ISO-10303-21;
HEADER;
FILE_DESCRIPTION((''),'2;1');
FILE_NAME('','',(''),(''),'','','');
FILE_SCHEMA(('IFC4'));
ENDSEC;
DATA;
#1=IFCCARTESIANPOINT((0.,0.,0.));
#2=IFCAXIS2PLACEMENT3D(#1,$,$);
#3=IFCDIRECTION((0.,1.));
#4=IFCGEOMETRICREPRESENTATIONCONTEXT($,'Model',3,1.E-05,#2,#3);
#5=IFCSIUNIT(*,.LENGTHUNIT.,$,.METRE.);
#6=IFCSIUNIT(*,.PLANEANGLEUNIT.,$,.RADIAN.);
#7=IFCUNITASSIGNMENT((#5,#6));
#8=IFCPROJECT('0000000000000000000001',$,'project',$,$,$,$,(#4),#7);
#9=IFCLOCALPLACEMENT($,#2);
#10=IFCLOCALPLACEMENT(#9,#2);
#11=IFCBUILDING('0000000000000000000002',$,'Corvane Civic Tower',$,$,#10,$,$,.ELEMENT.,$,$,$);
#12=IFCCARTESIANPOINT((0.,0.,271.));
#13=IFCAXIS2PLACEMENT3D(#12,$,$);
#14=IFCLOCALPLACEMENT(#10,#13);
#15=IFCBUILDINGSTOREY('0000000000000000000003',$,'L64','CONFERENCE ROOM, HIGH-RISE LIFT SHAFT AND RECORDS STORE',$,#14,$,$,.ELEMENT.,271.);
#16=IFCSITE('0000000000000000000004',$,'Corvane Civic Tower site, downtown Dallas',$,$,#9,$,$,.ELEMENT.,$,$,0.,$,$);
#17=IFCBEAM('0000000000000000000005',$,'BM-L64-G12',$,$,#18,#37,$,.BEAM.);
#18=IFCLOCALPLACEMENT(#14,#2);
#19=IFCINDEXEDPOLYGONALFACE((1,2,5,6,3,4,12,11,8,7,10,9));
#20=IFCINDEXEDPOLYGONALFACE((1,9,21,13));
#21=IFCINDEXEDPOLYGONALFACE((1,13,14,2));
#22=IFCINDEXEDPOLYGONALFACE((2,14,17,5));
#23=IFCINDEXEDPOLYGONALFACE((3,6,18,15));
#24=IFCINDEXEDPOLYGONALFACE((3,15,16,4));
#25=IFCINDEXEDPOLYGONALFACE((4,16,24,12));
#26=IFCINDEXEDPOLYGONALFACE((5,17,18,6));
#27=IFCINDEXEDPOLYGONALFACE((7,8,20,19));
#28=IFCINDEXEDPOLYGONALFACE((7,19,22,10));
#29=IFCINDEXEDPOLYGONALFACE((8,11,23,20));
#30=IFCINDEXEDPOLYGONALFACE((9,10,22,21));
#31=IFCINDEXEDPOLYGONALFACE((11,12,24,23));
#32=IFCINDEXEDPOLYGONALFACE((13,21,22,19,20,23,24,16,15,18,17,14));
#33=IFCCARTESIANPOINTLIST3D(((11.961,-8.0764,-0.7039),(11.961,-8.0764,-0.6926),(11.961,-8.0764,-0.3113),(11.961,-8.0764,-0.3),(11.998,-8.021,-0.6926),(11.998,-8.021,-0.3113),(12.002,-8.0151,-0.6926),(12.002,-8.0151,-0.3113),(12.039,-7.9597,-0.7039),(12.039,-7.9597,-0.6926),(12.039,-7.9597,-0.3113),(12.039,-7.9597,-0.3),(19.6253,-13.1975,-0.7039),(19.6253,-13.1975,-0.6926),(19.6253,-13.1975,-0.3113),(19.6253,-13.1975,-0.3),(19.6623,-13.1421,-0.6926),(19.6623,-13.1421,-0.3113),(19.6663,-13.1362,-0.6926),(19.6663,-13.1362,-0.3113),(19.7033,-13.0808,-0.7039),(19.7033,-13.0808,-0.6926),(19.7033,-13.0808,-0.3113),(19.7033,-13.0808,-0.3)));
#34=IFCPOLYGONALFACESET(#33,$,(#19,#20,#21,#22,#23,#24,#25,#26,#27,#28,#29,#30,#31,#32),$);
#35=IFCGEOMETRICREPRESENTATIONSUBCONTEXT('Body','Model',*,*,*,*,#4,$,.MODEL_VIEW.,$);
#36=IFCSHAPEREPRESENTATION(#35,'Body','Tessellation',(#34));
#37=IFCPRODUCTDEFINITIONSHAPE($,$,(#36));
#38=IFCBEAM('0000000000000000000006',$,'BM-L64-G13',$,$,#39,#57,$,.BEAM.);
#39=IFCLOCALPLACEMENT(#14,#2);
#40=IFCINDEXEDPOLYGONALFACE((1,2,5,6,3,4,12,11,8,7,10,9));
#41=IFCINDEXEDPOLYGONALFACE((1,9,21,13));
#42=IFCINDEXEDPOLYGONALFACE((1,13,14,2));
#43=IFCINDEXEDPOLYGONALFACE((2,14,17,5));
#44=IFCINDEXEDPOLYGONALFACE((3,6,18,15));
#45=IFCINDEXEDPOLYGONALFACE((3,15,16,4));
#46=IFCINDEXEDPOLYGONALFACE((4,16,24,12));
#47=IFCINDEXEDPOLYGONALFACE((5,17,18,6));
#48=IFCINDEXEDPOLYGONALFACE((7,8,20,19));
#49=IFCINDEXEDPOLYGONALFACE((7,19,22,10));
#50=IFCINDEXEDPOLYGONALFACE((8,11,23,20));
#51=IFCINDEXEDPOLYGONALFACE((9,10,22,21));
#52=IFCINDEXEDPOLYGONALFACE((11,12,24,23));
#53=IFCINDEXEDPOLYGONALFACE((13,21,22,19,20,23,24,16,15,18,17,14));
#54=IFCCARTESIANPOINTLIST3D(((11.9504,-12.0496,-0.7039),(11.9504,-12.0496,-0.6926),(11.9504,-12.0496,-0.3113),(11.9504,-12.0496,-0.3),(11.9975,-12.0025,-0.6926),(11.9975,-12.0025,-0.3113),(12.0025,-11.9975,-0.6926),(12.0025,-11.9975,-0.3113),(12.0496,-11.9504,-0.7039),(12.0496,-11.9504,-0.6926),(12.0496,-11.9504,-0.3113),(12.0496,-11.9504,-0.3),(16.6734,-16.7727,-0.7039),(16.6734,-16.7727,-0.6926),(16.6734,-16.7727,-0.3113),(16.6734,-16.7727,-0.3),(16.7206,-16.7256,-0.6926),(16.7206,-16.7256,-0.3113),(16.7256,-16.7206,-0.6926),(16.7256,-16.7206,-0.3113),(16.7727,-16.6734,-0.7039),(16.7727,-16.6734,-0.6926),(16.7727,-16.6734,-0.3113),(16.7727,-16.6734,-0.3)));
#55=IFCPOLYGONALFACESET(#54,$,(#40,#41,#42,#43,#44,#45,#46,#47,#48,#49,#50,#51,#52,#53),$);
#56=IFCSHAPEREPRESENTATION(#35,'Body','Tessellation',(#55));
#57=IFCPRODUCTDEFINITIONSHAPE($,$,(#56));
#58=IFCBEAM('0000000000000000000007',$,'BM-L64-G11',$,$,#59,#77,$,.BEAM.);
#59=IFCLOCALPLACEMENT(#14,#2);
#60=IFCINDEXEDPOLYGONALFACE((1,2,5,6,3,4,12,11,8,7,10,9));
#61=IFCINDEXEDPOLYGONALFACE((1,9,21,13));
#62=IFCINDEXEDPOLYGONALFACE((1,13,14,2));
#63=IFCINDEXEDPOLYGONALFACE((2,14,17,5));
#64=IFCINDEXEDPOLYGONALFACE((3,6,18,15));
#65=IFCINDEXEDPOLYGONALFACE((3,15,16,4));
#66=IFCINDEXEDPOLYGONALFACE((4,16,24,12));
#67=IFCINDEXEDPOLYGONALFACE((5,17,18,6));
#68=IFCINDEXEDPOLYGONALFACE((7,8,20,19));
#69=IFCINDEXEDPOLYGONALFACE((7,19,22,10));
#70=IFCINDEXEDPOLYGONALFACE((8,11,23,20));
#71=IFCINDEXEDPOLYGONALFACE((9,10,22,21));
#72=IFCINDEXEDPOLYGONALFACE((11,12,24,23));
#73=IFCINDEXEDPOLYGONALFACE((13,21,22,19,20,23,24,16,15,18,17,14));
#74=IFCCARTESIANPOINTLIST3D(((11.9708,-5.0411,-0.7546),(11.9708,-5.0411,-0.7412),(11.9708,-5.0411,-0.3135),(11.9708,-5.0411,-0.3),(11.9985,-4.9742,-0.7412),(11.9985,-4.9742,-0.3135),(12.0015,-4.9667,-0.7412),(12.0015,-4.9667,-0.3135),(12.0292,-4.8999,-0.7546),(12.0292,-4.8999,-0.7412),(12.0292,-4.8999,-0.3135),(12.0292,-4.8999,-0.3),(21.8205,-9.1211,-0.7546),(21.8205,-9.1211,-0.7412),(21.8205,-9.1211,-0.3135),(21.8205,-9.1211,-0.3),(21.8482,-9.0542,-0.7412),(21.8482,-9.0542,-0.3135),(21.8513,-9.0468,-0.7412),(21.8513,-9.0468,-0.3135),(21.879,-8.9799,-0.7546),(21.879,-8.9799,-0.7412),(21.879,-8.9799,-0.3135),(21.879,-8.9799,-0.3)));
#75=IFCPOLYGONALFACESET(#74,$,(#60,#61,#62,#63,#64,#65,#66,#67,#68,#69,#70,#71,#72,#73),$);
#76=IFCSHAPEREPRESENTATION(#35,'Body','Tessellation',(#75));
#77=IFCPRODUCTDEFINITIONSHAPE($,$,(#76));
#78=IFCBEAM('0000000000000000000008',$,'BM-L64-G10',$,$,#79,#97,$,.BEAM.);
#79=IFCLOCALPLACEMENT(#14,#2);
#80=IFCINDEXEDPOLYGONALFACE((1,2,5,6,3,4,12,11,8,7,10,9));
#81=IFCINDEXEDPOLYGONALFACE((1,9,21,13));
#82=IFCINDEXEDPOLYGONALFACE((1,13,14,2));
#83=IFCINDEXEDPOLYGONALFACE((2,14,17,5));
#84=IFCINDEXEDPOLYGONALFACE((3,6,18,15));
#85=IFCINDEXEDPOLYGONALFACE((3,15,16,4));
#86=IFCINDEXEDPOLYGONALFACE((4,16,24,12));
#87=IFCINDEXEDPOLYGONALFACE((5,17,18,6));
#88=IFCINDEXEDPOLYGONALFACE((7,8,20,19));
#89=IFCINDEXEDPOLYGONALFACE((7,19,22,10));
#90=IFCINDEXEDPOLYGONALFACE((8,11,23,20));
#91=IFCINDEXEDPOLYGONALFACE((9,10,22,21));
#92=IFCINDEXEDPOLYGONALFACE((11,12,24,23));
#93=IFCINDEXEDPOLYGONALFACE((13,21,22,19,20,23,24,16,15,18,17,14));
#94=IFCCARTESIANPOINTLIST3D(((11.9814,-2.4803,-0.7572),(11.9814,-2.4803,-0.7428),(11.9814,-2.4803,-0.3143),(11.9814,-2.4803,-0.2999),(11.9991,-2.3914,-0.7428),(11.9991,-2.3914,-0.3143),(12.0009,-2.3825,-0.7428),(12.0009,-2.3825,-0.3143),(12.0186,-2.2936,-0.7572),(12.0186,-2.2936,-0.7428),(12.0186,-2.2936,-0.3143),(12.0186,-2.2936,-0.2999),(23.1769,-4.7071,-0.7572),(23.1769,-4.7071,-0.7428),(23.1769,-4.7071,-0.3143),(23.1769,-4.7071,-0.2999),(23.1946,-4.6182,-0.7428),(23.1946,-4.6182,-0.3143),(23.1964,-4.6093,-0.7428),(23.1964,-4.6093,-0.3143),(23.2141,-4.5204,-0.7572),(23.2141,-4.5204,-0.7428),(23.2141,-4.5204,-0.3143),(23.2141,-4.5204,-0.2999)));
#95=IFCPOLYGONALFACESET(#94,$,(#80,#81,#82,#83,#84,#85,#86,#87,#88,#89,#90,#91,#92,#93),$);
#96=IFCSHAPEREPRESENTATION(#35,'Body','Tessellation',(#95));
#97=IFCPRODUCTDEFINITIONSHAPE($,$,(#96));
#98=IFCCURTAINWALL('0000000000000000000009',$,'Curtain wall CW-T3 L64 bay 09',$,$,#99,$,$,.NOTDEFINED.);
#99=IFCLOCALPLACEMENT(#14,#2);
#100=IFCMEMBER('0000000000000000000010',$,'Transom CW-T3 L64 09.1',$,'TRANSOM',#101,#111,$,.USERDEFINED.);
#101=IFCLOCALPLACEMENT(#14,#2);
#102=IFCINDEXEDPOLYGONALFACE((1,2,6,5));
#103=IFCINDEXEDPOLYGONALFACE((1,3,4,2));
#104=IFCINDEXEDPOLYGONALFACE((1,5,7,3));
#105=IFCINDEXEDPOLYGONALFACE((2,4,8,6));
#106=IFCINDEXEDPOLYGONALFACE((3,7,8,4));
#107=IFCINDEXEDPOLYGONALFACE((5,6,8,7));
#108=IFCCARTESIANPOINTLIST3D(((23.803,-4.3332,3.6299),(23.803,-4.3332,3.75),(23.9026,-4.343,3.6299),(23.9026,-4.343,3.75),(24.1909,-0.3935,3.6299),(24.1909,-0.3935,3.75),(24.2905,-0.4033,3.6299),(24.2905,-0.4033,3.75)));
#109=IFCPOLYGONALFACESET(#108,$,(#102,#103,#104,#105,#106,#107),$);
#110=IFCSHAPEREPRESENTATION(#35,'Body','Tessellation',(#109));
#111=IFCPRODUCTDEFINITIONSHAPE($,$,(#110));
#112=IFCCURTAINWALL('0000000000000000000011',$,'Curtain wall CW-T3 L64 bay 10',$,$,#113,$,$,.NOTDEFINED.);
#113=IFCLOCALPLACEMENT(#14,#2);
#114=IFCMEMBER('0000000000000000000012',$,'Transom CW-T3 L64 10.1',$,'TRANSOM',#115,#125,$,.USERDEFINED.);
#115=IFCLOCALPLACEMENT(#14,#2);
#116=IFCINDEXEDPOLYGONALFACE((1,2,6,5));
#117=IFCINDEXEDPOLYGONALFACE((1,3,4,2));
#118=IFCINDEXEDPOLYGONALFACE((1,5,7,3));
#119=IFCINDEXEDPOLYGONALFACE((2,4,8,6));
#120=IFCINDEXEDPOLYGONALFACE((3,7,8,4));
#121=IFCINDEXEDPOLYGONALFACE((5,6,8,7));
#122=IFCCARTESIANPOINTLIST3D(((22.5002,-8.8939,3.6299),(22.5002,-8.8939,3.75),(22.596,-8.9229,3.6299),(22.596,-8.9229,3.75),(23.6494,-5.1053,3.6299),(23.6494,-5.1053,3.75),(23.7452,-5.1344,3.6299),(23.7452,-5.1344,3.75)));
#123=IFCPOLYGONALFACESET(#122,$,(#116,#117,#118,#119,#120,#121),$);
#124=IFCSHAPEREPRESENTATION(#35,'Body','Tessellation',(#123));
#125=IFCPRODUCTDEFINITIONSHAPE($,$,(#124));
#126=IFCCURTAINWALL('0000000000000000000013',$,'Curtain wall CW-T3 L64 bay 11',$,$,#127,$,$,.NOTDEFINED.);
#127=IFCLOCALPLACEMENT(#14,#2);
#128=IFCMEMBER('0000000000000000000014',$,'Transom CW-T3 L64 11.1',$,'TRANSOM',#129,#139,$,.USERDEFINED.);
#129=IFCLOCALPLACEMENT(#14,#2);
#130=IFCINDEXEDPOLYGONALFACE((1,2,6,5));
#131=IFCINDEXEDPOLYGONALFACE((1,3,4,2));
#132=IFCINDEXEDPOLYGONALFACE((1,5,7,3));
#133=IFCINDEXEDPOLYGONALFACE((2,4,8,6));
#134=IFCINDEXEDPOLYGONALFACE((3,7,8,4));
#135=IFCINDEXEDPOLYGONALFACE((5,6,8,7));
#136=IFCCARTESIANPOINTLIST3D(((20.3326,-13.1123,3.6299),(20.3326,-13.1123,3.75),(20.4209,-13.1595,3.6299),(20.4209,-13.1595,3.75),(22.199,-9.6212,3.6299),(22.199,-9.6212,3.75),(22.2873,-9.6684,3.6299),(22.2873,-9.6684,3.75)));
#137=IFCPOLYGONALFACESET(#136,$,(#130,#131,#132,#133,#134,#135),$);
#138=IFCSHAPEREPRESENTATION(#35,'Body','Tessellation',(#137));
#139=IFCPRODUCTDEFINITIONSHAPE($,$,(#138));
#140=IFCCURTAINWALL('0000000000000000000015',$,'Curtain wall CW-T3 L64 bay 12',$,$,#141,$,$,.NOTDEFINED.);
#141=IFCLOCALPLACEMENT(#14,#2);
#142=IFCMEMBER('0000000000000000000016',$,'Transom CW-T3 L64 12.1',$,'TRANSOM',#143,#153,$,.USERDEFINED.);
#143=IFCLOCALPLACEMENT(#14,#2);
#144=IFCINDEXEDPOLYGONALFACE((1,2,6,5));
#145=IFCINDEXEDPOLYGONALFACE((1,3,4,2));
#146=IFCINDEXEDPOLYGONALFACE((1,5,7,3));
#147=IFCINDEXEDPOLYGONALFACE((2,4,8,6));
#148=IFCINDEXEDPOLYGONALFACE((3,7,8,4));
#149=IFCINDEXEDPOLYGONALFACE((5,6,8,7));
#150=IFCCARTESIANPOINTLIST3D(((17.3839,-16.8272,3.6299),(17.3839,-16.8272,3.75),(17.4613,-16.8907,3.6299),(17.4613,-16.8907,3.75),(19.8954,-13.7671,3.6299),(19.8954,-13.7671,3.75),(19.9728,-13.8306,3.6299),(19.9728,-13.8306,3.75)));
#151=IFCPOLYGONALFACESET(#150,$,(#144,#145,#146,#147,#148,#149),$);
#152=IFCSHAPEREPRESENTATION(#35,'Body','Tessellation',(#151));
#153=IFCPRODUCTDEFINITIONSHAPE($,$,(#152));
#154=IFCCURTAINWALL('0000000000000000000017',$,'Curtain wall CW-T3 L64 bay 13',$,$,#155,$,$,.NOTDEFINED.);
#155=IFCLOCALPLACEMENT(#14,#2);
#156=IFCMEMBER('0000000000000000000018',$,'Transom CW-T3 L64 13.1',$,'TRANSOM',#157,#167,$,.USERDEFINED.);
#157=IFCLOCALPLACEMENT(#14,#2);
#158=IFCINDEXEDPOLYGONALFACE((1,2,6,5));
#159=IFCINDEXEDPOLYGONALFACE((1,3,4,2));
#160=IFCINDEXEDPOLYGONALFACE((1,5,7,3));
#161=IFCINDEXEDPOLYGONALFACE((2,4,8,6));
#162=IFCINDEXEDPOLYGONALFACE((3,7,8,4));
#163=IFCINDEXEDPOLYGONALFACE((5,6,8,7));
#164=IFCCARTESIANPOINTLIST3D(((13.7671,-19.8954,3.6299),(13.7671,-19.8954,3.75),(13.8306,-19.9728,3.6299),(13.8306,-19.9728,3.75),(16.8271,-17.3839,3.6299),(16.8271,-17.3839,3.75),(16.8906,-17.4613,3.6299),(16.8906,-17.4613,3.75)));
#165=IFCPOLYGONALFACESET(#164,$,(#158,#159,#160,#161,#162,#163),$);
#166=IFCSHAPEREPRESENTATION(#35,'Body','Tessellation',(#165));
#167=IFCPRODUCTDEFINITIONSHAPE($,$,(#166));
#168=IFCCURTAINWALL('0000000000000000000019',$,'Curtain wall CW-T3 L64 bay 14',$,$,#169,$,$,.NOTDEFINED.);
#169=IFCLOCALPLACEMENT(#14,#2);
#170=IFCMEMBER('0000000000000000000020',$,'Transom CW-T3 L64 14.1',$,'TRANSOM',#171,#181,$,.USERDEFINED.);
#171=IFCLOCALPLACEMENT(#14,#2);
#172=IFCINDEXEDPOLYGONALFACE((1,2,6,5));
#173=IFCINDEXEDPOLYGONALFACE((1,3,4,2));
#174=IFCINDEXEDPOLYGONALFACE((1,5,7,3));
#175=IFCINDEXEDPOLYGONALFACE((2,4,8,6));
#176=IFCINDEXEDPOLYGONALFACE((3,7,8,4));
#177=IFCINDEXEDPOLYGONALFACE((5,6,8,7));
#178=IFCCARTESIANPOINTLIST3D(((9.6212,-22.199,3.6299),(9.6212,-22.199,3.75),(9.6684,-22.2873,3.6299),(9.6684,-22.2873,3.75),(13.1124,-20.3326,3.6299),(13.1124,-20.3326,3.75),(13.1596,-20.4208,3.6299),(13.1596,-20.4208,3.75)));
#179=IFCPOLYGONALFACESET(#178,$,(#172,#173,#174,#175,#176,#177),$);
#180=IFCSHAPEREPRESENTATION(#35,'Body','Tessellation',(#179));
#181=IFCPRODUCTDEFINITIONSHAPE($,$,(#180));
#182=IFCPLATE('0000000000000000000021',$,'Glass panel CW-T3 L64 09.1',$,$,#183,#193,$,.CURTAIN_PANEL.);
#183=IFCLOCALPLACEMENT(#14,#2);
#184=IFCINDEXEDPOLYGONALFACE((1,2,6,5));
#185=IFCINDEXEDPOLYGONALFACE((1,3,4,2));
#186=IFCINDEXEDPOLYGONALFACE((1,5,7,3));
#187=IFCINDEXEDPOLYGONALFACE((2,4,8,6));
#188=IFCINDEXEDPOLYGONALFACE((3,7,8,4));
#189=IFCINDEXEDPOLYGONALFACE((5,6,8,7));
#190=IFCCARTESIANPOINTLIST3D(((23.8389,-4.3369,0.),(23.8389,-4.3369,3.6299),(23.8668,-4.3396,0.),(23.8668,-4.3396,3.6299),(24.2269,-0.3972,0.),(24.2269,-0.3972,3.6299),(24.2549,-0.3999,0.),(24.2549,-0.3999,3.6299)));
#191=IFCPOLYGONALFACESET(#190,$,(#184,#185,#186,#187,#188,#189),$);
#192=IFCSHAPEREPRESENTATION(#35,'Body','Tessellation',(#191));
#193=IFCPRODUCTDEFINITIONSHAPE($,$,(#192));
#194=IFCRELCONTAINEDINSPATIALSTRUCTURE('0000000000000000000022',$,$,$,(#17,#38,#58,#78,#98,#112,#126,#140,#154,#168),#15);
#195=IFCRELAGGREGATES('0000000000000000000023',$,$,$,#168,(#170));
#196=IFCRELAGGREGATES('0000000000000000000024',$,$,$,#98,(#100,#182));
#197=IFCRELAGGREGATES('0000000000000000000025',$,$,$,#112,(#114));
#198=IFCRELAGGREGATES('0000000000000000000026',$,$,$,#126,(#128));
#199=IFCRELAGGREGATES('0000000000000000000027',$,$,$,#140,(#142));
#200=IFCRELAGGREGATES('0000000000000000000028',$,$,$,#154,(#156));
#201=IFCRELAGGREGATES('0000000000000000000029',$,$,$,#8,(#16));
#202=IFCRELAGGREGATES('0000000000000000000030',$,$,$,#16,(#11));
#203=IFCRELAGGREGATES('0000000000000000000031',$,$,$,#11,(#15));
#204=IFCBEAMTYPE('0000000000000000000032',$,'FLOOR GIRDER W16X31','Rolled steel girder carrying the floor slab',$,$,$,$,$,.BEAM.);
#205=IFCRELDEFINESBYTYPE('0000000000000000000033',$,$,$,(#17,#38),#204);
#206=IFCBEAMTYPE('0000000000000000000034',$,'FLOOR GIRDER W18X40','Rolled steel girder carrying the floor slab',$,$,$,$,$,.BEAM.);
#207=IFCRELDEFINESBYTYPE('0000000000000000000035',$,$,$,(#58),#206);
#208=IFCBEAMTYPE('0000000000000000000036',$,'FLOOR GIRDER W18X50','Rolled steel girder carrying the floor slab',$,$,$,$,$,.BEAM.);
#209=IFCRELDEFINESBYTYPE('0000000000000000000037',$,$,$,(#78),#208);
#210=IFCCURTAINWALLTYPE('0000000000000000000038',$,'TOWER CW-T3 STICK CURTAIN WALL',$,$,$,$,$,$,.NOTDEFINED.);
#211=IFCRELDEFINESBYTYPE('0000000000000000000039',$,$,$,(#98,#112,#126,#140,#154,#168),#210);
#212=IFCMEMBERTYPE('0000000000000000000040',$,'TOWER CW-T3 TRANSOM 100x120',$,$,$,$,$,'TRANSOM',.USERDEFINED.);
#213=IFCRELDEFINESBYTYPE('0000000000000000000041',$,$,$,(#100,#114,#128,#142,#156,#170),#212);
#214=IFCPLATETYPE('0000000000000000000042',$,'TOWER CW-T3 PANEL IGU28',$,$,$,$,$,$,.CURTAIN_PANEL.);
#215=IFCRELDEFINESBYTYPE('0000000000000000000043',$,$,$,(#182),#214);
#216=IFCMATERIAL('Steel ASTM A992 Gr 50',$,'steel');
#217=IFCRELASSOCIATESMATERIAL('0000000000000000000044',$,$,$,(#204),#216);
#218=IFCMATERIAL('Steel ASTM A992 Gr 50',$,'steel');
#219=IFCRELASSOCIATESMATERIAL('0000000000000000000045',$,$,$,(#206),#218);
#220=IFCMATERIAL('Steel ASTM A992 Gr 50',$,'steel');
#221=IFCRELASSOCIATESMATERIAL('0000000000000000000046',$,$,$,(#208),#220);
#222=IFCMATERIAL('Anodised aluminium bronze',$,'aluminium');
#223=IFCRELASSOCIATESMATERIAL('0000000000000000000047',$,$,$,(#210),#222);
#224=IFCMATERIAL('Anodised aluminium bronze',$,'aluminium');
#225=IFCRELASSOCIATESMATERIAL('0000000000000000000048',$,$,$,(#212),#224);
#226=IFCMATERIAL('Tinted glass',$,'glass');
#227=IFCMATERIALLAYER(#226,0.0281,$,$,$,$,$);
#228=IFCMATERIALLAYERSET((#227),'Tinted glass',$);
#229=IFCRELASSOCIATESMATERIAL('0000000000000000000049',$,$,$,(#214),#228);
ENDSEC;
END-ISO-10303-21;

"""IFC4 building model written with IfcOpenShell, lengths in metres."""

from ifc_helpers import new_model, si_unit, direction, frame, origin, origin_2d, place, context, subcontext, project, spatial, rectangle, i_section, extrude, material, layer, layer_set, material_profile, profile_set, type_object, element, aggregate, save


model = new_model("IFC4")

# Units and contexts
model_context = context("Model", 3, precision=1e-05, world=origin(), true_north=direction((0.0, 1.0)))
body_context = subcontext(model_context, "Body", "Model", "MODEL_VIEW")
ifc_project = project(units=[si_unit("LENGTHUNIT", "METRE"), si_unit("PLANEANGLEUNIT", "RADIAN")], contexts=[model_context])

# Site, building, storey
site_placement = place(None, origin())
site = spatial("IfcSite", under=ifc_project, at=site_placement, Name="Corvane Civic Tower site, downtown Dallas", CompositionType="ELEMENT", RefElevation=0.0)
building_placement = place(site_placement, origin())
building = spatial("IfcBuilding", under=site, at=building_placement, Name="Corvane Civic Tower", CompositionType="ELEMENT")
storey_placement = place(building_placement, frame((0.0, 0.0, 271.0)))
storey = spatial("IfcBuildingStorey", under=building, at=storey_placement, Name="L64", Description="CONFERENCE ROOM, HIGH-RISE LIFT SHAFT AND RECORDS STORE", CompositionType="ELEMENT", Elevation=271.0)

# Beams
ifc_material_1 = material(Name="Steel ASTM A992 Gr 50", Category="steel")
ifc_material_profile_1 = material_profile(ifc_material_1, i_section(OverallWidth=0.1404, OverallDepth=0.4038, WebThickness=0.0071, FlangeThickness=0.0112, at=origin_2d()), Name="W16X31")
ifc_profile_set_1 = profile_set([ifc_material_profile_1], Name="Steel ASTM A992 Gr 50")
beam_type_1 = type_object("IfcBeamType", Name="FLOOR GIRDER W16X31", Description="Rolled steel girder carrying the floor slab", PredefinedType="BEAM", material=ifc_profile_set_1)
beam_1_placement = place(storey_placement, frame((12.0, -8.0181, -0.502), z_axis=(0.831471, -0.555568, 0.0), x_axis=(0.555568, 0.831471, 0.0)))
element("IfcBeam", 1, at=beam_1_placement, inside=storey, type_object=beam_type_1, Name="BM-L64-G12", PredefinedType="BEAM", context=body_context, shape_type="SweptSolid", body=[
    extrude(i_section(OverallWidth=0.1404, OverallDepth=0.4038, WebThickness=0.0071, FlangeThickness=0.0112, at=origin_2d()), origin(), (0.0, 0.0, 1.0), 9.2178),
])
beam_2_placement = place(storey_placement, frame((12.0, -12.0, -0.502), z_axis=(0.707107, -0.707107, 0.0), x_axis=(0.707107, 0.707107, 0.0)))
element("IfcBeam", 2, at=beam_2_placement, inside=storey, type_object=beam_type_1, Name="BM-L64-G13", PredefinedType="BEAM", context=body_context, shape_type="SweptSolid", body=[
    extrude(i_section(OverallWidth=0.1404, OverallDepth=0.4038, WebThickness=0.0071, FlangeThickness=0.0112, at=origin_2d()), origin(), (0.0, 0.0, 1.0), 6.6794),
])
ifc_material_2 = material(Name="Steel ASTM A992 Gr 50", Category="steel")
ifc_material_profile_2 = material_profile(ifc_material_2, i_section(OverallWidth=0.1528, OverallDepth=0.4546, WebThickness=0.0081, FlangeThickness=0.0134, at=origin_2d()), Name="W18X40")
ifc_profile_set_2 = profile_set([ifc_material_profile_2], Name="Steel ASTM A992 Gr 50")
beam_type_2 = type_object("IfcBeamType", Name="FLOOR GIRDER W18X40", Description="Rolled steel girder carrying the floor slab", PredefinedType="BEAM", material=ifc_profile_set_2)
beam_3_placement = place(storey_placement, frame((12.0, -4.9705, -0.5273), z_axis=(0.923875, -0.382694, 0.0), x_axis=(0.382694, 0.923875, 0.0)))
element("IfcBeam", 3, at=beam_3_placement, inside=storey, type_object=beam_type_2, Name="BM-L64-G11", PredefinedType="BEAM", context=body_context, shape_type="SweptSolid", body=[
    extrude(i_section(OverallWidth=0.1528, OverallDepth=0.4546, WebThickness=0.0081, FlangeThickness=0.0134, at=origin_2d()), origin(), (0.0, 0.0, 1.0), 10.6614),
])
ifc_material_3 = material(Name="Steel ASTM A992 Gr 50", Category="steel")
ifc_material_profile_3 = material_profile(ifc_material_3, i_section(OverallWidth=0.1904, OverallDepth=0.4573, WebThickness=0.009, FlangeThickness=0.0144, at=origin_2d()), Name="W18X50")
ifc_profile_set_3 = profile_set([ifc_material_profile_3], Name="Steel ASTM A992 Gr 50")
beam_type_3 = type_object("IfcBeamType", Name="FLOOR GIRDER W18X50", Description="Rolled steel girder carrying the floor slab", PredefinedType="BEAM", material=ifc_profile_set_3)
beam_4_placement = place(storey_placement, frame((12.0, -2.387, -0.5286), z_axis=(0.980787, -0.19508, 0.0), x_axis=(0.19508, 0.980787, 0.0)))
element("IfcBeam", 4, at=beam_4_placement, inside=storey, type_object=beam_type_3, Name="BM-L64-G10", PredefinedType="BEAM", context=body_context, shape_type="SweptSolid", body=[
    extrude(i_section(OverallWidth=0.1904, OverallDepth=0.4573, WebThickness=0.009, FlangeThickness=0.0144, at=origin_2d()), origin(), (0.0, 0.0, 1.0), 11.4148),
])

# Curtain walls, members
ifc_material_4 = material(Name="Anodised aluminium bronze", Category="aluminium")
curtain_wall_type = type_object("IfcCurtainWallType", Name="TOWER CW-T3 STICK CURTAIN WALL", PredefinedType="NOTDEFINED", material=ifc_material_4)
curtain_wall_1_placement = place(storey_placement, origin())
curtain_wall_1 = element("IfcCurtainWall", 5, at=curtain_wall_1_placement, inside=storey, type_object=curtain_wall_type, Name="Curtain wall CW-T3 L64 bay 09", PredefinedType="NOTDEFINED")
ifc_material_5 = material(Name="Anodised aluminium bronze", Category="aluminium")
ifc_material_profile_4 = material_profile(ifc_material_5, rectangle(XDim=0.1001, YDim=0.1201, at=origin_2d()), Name="TOWER CW-T3 TRANSOM 100x120")
ifc_profile_set_4 = profile_set([ifc_material_profile_4], Name="Anodised aluminium bronze")
member_type = type_object("IfcMemberType", Name="TOWER CW-T3 TRANSOM 100x120", ElementType="TRANSOM", PredefinedType="USERDEFINED", material=ifc_profile_set_4)
member_1_placement = place(storey_placement, frame((24.2407, -0.3984, 3.6899), z_axis=(-0.097995, -0.995187, 0.0), x_axis=(0.995187, -0.097995, 0.0)))
member_1 = element("IfcMember", 6, at=member_1_placement, type_object=member_type, Name="Transom CW-T3 L64 09.1", ObjectType="TRANSOM", PredefinedType="USERDEFINED", context=body_context, shape_type="SweptSolid", body=[
    extrude(rectangle(XDim=0.1001, YDim=0.1201, at=origin_2d()), origin(), (0.0, 0.0, 1.0), 3.9587),
])
curtain_wall_2_placement = place(storey_placement, origin())
curtain_wall_2 = element("IfcCurtainWall", 7, at=curtain_wall_2_placement, inside=storey, type_object=curtain_wall_type, Name="Curtain wall CW-T3 L64 bay 10", PredefinedType="NOTDEFINED")
member_2_placement = place(storey_placement, frame((23.6973, -5.1199, 3.6899), z_axis=(-0.290266, -0.956946, 0.0), x_axis=(0.956946, -0.290266, 0.0)))
member_2 = element("IfcMember", 8, at=member_2_placement, type_object=member_type, Name="Transom CW-T3 L64 10.1", ObjectType="TRANSOM", PredefinedType="USERDEFINED", context=body_context, shape_type="SweptSolid", body=[
    extrude(rectangle(XDim=0.1001, YDim=0.1201, at=origin_2d()), origin(), (0.0, 0.0, 1.0), 3.959),
])
curtain_wall_3_placement = place(storey_placement, origin())
curtain_wall_3 = element("IfcCurtainWall", 9, at=curtain_wall_3_placement, inside=storey, type_object=curtain_wall_type, Name="Curtain wall CW-T3 L64 bay 11", PredefinedType="NOTDEFINED")
member_3_placement = place(storey_placement, frame((22.2432, -9.6448, 3.6899), z_axis=(-0.471468, -0.881883, 0.0), x_axis=(0.881883, -0.471468, 0.0)))
member_3 = element("IfcMember", 10, at=member_3_placement, type_object=member_type, Name="Transom CW-T3 L64 11.1", ObjectType="TRANSOM", PredefinedType="USERDEFINED", context=body_context, shape_type="SweptSolid", body=[
    extrude(rectangle(XDim=0.1001, YDim=0.1201, at=origin_2d()), origin(), (0.0, 0.0, 1.0), 3.9587),
])
curtain_wall_4_placement = place(storey_placement, origin())
curtain_wall_4 = element("IfcCurtainWall", 11, at=curtain_wall_4_placement, inside=storey, type_object=curtain_wall_type, Name="Curtain wall CW-T3 L64 bay 12", PredefinedType="NOTDEFINED")
member_4_placement = place(storey_placement, frame((19.9341, -13.7988, 3.6899), z_axis=(-0.634416, -0.772992, 0.0), x_axis=(0.772992, -0.634416, 0.0)))
member_4 = element("IfcMember", 12, at=member_4_placement, type_object=member_type, Name="Transom CW-T3 L64 12.1", ObjectType="TRANSOM", PredefinedType="USERDEFINED", context=body_context, shape_type="SweptSolid", body=[
    extrude(rectangle(XDim=0.1001, YDim=0.1201, at=origin_2d()), origin(), (0.0, 0.0, 1.0), 3.9587),
])
curtain_wall_5_placement = place(storey_placement, origin())
curtain_wall_5 = element("IfcCurtainWall", 13, at=curtain_wall_5_placement, inside=storey, type_object=curtain_wall_type, Name="Curtain wall CW-T3 L64 bay 13", PredefinedType="NOTDEFINED")
member_5_placement = place(storey_placement, frame((16.8589, -17.4226, 3.6899), z_axis=(-0.772992, -0.634416, 0.0), x_axis=(0.634416, -0.772992, 0.0)))
member_5 = element("IfcMember", 14, at=member_5_placement, type_object=member_type, Name="Transom CW-T3 L64 13.1", ObjectType="TRANSOM", PredefinedType="USERDEFINED", context=body_context, shape_type="SweptSolid", body=[
    extrude(rectangle(XDim=0.1001, YDim=0.1201, at=origin_2d()), origin(), (0.0, 0.0, 1.0), 3.9587),
])
curtain_wall_6_placement = place(storey_placement, origin())
curtain_wall_6 = element("IfcCurtainWall", 15, at=curtain_wall_6_placement, inside=storey, type_object=curtain_wall_type, Name="Curtain wall CW-T3 L64 bay 14", PredefinedType="NOTDEFINED")
member_6_placement = place(storey_placement, frame((13.136, -20.3767, 3.6899), z_axis=(-0.881883, -0.471468, 0.0), x_axis=(0.471468, -0.881883, 0.0)))
member_6 = element("IfcMember", 16, at=member_6_placement, type_object=member_type, Name="Transom CW-T3 L64 14.1", ObjectType="TRANSOM", PredefinedType="USERDEFINED", context=body_context, shape_type="SweptSolid", body=[
    extrude(rectangle(XDim=0.1001, YDim=0.1201, at=origin_2d()), origin(), (0.0, 0.0, 1.0), 3.9587),
])
aggregate(curtain_wall_6, [member_6])

# Plate
ifc_material_6 = material(Name="Tinted glass", Category="glass")
ifc_layer_1 = layer(ifc_material_6, 0.0281)
ifc_layer_set_1 = layer_set([ifc_layer_1], Name="Tinted glass")
plate_type = type_object("IfcPlateType", Name="TOWER CW-T3 PANEL IGU28", PredefinedType="CURTAIN_PANEL", material=ifc_layer_set_1)
plate_1_placement = place(storey_placement, frame((24.0469, -2.3684, 0.0), z_axis=(0.0, 0.0, 1.0), x_axis=(-0.098021, -0.995184, 0.0)))
plate_1 = element("IfcPlate", 17, at=plate_1_placement, type_object=plate_type, Name="Glass panel CW-T3 L64 09.1", PredefinedType="CURTAIN_PANEL", context=body_context, shape_type="SweptSolid", body=[
    extrude(rectangle(XDim=3.9587, YDim=0.0281, at=origin_2d()), origin(), (0.0, 0.0, 1.0), 3.6299),
])
aggregate(curtain_wall_1, [member_1, plate_1])
aggregate(curtain_wall_2, [member_2])
aggregate(curtain_wall_3, [member_3])
aggregate(curtain_wall_4, [member_4])
aggregate(curtain_wall_5, [member_5])

save(model, "model.ifc")
